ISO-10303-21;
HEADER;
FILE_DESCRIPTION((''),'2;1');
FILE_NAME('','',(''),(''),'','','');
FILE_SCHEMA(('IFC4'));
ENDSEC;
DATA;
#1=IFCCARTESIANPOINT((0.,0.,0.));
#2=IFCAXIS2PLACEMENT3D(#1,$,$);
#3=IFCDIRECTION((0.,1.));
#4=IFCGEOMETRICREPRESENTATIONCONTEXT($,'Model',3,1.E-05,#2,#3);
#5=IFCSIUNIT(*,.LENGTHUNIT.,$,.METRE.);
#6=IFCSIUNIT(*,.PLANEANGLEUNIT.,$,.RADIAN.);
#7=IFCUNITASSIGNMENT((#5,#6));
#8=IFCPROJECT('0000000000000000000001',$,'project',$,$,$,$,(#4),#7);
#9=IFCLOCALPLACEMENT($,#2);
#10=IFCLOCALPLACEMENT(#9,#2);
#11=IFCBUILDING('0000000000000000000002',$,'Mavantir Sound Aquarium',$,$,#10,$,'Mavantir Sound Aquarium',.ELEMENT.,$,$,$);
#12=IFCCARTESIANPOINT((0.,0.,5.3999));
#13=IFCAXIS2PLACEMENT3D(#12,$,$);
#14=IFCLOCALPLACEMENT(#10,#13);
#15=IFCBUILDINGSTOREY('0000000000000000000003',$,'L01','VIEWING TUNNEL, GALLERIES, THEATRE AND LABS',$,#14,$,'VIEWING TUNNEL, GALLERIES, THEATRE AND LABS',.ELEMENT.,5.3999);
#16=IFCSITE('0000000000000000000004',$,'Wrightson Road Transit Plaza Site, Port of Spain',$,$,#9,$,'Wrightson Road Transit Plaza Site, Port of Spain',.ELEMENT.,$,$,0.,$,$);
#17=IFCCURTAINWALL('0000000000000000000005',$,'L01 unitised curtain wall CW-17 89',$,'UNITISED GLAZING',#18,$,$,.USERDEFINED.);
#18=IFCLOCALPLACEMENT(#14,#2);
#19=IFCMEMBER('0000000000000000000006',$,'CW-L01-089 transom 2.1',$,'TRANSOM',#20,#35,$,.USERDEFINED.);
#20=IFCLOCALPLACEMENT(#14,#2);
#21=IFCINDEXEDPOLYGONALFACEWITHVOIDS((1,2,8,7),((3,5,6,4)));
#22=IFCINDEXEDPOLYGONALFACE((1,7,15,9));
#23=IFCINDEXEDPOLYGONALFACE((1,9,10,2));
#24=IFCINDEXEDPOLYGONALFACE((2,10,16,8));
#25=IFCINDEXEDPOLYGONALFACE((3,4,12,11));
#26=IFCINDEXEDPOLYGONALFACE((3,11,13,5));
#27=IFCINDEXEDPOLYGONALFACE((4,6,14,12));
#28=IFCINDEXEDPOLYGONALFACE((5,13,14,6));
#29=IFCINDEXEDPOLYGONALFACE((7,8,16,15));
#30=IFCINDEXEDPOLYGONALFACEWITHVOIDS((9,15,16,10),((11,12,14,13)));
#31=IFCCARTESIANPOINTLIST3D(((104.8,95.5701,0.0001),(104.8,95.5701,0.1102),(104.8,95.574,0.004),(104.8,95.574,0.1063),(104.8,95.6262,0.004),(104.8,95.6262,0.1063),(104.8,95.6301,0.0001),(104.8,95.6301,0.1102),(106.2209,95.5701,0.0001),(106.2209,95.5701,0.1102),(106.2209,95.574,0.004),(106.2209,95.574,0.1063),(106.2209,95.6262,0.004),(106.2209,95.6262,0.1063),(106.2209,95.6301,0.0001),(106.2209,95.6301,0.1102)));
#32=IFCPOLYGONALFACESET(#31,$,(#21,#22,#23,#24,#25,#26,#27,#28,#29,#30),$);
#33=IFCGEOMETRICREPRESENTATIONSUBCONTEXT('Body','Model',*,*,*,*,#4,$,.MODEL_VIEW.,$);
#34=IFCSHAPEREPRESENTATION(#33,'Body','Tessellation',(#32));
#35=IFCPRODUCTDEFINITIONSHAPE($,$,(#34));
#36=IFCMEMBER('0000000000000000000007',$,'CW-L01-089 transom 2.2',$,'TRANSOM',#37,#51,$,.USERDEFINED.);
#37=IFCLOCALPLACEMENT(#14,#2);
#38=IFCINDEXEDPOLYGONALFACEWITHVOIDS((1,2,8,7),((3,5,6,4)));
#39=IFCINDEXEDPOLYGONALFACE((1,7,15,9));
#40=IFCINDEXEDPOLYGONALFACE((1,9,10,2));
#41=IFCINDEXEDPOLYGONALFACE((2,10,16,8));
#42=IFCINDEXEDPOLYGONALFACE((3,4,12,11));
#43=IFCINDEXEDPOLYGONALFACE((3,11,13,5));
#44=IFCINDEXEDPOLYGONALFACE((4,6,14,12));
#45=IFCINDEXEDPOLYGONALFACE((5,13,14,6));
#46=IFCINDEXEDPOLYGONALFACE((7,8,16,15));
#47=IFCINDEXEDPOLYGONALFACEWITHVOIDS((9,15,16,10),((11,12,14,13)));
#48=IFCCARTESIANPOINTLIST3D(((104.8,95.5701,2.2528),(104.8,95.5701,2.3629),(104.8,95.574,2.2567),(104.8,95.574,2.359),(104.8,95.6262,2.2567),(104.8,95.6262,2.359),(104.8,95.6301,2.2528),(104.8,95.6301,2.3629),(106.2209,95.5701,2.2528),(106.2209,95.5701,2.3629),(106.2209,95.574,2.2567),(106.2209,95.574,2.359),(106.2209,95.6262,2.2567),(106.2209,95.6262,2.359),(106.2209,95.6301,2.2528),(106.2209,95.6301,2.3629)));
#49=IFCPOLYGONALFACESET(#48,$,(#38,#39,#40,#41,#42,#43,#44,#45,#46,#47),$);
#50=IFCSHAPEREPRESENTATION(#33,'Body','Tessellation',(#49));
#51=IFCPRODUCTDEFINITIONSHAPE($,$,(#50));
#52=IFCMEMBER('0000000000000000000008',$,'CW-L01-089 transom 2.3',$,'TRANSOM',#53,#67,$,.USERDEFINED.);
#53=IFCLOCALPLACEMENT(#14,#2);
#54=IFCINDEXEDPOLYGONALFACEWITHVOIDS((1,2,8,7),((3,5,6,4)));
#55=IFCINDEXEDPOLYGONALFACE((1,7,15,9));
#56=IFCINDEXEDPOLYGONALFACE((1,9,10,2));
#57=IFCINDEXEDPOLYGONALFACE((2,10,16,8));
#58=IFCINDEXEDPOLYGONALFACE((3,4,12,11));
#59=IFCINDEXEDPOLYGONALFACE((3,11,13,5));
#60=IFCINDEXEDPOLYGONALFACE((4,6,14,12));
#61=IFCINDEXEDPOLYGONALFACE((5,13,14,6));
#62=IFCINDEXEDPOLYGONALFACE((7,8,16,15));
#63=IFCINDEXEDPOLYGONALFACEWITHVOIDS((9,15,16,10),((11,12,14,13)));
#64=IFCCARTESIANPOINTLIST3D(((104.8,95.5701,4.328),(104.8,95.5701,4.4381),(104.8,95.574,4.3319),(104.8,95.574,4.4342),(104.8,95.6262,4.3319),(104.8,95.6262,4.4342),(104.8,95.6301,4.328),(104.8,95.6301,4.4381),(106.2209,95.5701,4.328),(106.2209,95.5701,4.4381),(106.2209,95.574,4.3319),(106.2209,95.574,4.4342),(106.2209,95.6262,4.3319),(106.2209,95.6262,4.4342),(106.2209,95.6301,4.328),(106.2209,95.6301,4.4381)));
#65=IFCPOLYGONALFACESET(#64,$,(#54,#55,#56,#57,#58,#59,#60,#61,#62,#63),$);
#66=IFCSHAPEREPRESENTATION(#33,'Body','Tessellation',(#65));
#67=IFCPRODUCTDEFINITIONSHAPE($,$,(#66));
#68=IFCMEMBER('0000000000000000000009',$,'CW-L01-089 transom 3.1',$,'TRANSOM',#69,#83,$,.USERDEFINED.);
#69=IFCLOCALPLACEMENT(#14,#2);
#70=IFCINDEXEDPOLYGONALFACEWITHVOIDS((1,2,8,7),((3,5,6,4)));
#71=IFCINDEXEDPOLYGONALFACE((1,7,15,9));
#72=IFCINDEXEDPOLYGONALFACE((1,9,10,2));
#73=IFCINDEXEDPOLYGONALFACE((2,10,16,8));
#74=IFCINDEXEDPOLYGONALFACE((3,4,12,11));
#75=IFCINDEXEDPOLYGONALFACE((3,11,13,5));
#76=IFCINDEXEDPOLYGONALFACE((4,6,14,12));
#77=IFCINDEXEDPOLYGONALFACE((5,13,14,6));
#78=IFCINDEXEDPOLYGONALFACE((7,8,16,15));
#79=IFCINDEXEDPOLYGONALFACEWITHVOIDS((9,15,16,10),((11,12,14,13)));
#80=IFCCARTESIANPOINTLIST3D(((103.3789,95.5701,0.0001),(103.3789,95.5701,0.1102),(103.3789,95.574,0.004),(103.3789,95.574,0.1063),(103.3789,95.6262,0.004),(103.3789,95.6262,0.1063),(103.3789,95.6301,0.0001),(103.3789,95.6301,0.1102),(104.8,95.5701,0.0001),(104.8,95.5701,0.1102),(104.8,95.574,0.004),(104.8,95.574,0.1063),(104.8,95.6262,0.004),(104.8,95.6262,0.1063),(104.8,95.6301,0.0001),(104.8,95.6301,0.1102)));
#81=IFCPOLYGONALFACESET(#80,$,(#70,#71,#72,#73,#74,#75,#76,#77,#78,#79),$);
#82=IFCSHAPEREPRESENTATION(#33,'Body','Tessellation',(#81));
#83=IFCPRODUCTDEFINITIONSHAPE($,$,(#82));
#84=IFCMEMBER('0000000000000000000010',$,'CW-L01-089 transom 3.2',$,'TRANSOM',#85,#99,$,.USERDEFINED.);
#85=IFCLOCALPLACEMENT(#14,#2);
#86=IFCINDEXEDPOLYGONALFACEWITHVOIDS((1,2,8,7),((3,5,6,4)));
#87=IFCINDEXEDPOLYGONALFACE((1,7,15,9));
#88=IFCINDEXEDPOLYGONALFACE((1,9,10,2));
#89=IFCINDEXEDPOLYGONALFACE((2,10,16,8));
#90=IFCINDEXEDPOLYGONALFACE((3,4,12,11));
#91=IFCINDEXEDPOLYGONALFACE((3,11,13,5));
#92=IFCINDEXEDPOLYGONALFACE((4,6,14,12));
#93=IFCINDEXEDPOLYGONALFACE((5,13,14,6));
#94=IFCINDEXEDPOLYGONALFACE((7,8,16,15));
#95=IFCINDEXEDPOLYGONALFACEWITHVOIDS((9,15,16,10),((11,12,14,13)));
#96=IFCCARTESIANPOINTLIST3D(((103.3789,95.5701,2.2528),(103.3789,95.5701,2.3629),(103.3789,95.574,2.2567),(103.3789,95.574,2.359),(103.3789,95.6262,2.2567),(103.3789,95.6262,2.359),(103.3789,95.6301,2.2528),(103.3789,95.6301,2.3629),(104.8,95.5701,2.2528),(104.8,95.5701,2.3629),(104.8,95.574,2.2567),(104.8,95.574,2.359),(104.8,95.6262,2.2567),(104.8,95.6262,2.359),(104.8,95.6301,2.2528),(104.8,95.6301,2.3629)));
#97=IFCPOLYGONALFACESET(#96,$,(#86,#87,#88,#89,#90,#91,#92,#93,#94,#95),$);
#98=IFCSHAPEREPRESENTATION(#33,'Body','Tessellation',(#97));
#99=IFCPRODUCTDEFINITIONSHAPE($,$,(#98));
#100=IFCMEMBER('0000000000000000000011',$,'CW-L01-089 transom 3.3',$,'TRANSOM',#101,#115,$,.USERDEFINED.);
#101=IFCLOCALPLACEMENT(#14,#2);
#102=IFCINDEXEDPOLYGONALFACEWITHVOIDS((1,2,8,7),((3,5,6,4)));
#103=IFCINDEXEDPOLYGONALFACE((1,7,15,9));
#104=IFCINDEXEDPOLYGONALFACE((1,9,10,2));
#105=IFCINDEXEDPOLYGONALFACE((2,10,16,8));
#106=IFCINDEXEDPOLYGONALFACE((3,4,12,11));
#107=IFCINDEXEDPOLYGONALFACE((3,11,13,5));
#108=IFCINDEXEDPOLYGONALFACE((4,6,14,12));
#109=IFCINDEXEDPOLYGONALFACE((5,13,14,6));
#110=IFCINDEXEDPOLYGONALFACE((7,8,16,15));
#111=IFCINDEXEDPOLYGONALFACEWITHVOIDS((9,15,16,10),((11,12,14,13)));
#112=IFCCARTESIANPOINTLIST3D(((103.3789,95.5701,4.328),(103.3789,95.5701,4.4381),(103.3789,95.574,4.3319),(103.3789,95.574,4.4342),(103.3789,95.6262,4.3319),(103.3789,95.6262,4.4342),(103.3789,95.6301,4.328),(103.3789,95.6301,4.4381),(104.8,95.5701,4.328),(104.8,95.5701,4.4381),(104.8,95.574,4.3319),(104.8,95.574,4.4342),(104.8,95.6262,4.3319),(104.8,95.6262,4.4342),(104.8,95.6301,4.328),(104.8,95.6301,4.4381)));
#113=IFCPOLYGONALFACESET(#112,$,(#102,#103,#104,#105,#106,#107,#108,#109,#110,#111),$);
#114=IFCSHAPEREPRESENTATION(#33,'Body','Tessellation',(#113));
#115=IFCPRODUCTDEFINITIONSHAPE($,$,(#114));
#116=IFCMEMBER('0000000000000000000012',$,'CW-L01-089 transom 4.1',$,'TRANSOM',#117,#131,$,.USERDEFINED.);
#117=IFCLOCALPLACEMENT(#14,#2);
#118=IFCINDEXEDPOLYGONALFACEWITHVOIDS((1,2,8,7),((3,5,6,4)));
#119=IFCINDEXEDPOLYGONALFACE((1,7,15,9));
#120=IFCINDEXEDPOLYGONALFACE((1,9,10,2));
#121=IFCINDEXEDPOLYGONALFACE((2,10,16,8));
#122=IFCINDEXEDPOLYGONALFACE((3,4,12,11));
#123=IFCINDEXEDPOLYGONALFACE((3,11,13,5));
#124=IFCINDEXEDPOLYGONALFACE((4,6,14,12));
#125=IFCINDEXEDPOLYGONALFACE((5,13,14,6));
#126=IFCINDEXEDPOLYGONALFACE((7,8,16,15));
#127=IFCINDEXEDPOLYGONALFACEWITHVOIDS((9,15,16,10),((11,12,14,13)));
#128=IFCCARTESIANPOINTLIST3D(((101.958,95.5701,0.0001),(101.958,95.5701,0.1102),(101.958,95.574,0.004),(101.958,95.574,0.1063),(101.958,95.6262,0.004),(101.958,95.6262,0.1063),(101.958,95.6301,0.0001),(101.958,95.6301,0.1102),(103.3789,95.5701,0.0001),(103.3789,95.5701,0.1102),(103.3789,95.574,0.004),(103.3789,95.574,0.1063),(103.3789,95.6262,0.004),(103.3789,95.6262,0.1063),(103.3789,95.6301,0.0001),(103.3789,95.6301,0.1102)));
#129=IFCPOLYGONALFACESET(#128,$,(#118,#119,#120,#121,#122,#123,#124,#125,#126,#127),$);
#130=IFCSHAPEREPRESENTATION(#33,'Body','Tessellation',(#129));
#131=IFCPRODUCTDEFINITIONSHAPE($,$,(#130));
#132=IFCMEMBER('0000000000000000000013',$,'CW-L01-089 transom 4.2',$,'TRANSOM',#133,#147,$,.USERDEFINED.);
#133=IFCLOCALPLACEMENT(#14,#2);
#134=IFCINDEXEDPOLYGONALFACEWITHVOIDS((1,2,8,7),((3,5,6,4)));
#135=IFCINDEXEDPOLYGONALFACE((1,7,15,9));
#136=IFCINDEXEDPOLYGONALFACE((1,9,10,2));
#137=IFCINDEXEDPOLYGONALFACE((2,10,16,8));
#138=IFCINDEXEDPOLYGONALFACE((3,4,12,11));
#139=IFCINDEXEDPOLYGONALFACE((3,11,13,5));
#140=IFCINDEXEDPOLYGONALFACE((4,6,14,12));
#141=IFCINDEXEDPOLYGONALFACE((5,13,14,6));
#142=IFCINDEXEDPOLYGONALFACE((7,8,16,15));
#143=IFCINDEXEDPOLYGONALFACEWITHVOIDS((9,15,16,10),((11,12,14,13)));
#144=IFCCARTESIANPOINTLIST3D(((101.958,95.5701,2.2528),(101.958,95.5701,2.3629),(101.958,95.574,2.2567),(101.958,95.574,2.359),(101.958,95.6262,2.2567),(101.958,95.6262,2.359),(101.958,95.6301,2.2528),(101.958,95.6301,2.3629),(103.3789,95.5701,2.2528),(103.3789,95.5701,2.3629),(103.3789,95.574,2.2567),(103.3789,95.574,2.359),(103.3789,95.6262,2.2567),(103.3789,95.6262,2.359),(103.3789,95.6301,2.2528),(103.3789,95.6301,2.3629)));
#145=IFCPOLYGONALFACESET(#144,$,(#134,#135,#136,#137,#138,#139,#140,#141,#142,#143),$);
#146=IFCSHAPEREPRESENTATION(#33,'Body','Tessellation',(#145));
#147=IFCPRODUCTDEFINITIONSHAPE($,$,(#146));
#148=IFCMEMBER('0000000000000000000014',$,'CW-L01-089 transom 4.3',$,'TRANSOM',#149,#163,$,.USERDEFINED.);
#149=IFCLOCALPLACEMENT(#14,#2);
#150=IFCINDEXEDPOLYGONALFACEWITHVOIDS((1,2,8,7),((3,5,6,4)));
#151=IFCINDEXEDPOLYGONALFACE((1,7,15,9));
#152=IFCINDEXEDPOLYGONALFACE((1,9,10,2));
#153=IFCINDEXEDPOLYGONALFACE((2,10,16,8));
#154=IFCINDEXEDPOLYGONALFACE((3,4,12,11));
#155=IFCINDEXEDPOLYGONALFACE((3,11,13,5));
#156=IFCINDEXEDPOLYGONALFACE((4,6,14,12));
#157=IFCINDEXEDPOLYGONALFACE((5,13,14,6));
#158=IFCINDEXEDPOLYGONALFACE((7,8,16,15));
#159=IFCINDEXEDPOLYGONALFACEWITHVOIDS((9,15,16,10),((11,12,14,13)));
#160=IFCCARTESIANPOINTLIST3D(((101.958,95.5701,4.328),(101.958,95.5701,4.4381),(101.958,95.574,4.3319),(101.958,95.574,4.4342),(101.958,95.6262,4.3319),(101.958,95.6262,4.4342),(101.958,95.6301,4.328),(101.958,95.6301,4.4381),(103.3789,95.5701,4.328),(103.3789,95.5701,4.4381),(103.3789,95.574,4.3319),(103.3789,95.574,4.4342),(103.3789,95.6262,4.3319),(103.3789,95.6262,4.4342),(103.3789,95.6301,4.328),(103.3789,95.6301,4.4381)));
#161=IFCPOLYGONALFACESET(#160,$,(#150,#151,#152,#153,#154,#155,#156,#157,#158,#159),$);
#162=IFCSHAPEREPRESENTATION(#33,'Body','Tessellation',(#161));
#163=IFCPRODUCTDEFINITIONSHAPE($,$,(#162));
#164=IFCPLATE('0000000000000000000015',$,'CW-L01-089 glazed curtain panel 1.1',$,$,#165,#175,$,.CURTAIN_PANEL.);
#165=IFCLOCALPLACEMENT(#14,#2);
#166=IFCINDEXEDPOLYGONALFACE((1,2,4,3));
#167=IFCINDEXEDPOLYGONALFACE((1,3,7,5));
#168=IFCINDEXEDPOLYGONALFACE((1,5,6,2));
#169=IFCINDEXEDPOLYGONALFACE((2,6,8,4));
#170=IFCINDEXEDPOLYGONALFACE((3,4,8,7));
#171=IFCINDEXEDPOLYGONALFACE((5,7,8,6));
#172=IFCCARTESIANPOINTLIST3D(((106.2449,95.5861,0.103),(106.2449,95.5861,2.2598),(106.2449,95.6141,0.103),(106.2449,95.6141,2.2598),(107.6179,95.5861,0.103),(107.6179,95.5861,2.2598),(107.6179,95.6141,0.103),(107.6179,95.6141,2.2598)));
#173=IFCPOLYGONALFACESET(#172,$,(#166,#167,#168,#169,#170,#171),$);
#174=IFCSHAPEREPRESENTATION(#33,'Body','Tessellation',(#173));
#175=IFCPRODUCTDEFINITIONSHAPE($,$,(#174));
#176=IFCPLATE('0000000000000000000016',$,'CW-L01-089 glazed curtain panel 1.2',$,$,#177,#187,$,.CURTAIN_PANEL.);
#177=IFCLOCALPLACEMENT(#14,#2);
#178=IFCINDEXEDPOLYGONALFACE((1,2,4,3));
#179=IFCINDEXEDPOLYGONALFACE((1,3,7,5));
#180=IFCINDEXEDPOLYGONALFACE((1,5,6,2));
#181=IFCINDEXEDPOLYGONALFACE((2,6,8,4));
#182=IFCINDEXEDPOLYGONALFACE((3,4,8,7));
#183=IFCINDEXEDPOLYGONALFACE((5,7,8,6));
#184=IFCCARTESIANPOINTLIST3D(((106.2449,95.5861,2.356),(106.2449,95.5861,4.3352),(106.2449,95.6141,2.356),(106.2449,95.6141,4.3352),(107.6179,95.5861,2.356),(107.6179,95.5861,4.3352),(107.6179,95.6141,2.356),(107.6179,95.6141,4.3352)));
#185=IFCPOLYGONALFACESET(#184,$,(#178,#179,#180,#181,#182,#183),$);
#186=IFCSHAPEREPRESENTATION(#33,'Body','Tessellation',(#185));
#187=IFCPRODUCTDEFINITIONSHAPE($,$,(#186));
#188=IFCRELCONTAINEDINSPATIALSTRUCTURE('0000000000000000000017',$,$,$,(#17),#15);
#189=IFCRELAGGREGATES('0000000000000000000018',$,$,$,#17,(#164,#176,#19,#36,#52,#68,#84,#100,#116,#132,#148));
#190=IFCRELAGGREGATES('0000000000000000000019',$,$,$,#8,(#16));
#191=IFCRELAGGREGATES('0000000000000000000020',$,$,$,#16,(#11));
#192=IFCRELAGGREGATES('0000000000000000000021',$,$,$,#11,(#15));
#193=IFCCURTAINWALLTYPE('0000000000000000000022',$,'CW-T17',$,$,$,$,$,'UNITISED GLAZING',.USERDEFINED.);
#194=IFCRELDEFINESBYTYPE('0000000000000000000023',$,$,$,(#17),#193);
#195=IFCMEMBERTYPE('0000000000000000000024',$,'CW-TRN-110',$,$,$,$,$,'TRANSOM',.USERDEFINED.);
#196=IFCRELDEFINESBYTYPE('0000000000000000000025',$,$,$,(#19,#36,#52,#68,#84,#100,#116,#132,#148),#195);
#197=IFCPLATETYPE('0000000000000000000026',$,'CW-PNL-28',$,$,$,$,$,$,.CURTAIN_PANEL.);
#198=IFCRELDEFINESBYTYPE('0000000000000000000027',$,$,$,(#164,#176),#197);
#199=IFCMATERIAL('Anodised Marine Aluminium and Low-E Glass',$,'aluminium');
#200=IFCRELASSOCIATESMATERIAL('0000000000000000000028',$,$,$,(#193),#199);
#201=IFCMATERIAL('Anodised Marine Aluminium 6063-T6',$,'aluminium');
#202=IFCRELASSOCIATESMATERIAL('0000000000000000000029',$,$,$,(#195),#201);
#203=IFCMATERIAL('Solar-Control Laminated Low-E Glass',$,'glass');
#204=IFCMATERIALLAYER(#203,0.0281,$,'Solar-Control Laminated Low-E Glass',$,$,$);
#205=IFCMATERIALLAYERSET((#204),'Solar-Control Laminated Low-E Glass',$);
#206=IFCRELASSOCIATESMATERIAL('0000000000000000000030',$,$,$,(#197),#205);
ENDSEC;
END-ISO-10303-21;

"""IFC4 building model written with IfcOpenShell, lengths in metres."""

from ifc_helpers import new_model, si_unit, direction, frame, origin, origin_2d, place, context, subcontext, project, spatial, rectangle, hollow_rectangle, extrude, material, layer, layer_set, material_profile, profile_set, type_object, element, aggregate, save


model = new_model("IFC4")

# Units and contexts
model_context = context("Model", 3, precision=1e-05, world=origin(), true_north=direction((0.0, 1.0)))
body_context = subcontext(model_context, "Body", "Model", "MODEL_VIEW")
ifc_project = project(units=[si_unit("LENGTHUNIT", "METRE"), si_unit("PLANEANGLEUNIT", "RADIAN")], contexts=[model_context])

# Site, building, storey
site_placement = place(None, origin())
site = spatial("IfcSite", under=ifc_project, at=site_placement, Name="Wrightson Road Transit Plaza Site, Port of Spain", LongName="Wrightson Road Transit Plaza Site, Port of Spain", CompositionType="ELEMENT", RefElevation=0.0)
building_placement = place(site_placement, origin())
building = spatial("IfcBuilding", under=site, at=building_placement, Name="Mavantir Sound Aquarium", LongName="Mavantir Sound Aquarium", CompositionType="ELEMENT")
storey_placement = place(building_placement, frame((0.0, 0.0, 5.3999)))
storey = spatial("IfcBuildingStorey", under=building, at=storey_placement, Name="L01", Description="VIEWING TUNNEL, GALLERIES, THEATRE AND LABS", LongName="VIEWING TUNNEL, GALLERIES, THEATRE AND LABS", CompositionType="ELEMENT", Elevation=5.3999)

# Curtain wall, members, plates
ifc_material_1 = material(Name="Anodised Marine Aluminium and Low-E Glass", Category="aluminium")
curtain_wall_type = type_object("IfcCurtainWallType", Name="CW-T17", ElementType="UNITISED GLAZING", PredefinedType="USERDEFINED", material=ifc_material_1)
curtain_wall_placement = place(storey_placement, origin())
curtain_wall = element("IfcCurtainWall", 1, at=curtain_wall_placement, inside=storey, type_object=curtain_wall_type, Name="L01 unitised curtain wall CW-17 89", ObjectType="UNITISED GLAZING", PredefinedType="USERDEFINED")
ifc_material_2 = material(Name="Anodised Marine Aluminium 6063-T6", Category="aluminium")
ifc_material_profile_1 = material_profile(ifc_material_2, hollow_rectangle(XDim=0.0601, YDim=0.1101, WallThickness=0.0039, at=origin_2d()), Name="ALU-TRANSOM-110X60")
ifc_profile_set_1 = profile_set([ifc_material_profile_1], Name="Anodised Marine Aluminium 6063-T6")
member_type_1 = type_object("IfcMemberType", Name="CW-TRN-110", ElementType="TRANSOM", PredefinedType="USERDEFINED", material=ifc_profile_set_1)
member_1_placement = place(storey_placement, frame((106.2209, 95.6001, 0.0552), z_axis=(-1.0, 0.0, 0.0), x_axis=(0.0, -1.0, 0.0)))
member_1 = element("IfcMember", 2, at=member_1_placement, type_object=member_type_1, Name="CW-L01-089 transom 2.1", ObjectType="TRANSOM", PredefinedType="USERDEFINED", context=body_context, shape_type="SweptSolid", body=[
    extrude(hollow_rectangle(XDim=0.0601, YDim=0.1101, WallThickness=0.0039, at=origin_2d()), origin(), (0.0, 0.0, 1.0), 1.4209),
])
member_2_placement = place(storey_placement, frame((106.2209, 95.6001, 2.3079), z_axis=(-1.0, 0.0, 0.0), x_axis=(0.0, -1.0, 0.0)))
member_2 = element("IfcMember", 3, at=member_2_placement, type_object=member_type_1, Name="CW-L01-089 transom 2.2", ObjectType="TRANSOM", PredefinedType="USERDEFINED", context=body_context, shape_type="SweptSolid", body=[
    extrude(hollow_rectangle(XDim=0.0601, YDim=0.1101, WallThickness=0.0039, at=origin_2d()), origin(), (0.0, 0.0, 1.0), 1.4209),
])
member_3_placement = place(storey_placement, frame((106.2209, 95.6001, 4.3831), z_axis=(-1.0, 0.0, 0.0), x_axis=(0.0, -1.0, 0.0)))
member_3 = element("IfcMember", 4, at=member_3_placement, type_object=member_type_1, Name="CW-L01-089 transom 2.3", ObjectType="TRANSOM", PredefinedType="USERDEFINED", context=body_context, shape_type="SweptSolid", body=[
    extrude(hollow_rectangle(XDim=0.0601, YDim=0.1101, WallThickness=0.0039, at=origin_2d()), origin(), (0.0, 0.0, 1.0), 1.4209),
])
member_4_placement = place(storey_placement, frame((104.8, 95.6001, 0.0552), z_axis=(-1.0, 0.0, 0.0), x_axis=(0.0, -1.0, 0.0)))
member_4 = element("IfcMember", 5, at=member_4_placement, type_object=member_type_1, Name="CW-L01-089 transom 3.1", ObjectType="TRANSOM", PredefinedType="USERDEFINED", context=body_context, shape_type="SweptSolid", body=[
    extrude(hollow_rectangle(XDim=0.0601, YDim=0.1101, WallThickness=0.0039, at=origin_2d()), origin(), (0.0, 0.0, 1.0), 1.4211),
])
member_5_placement = place(storey_placement, frame((104.8, 95.6001, 2.3079), z_axis=(-1.0, 0.0, 0.0), x_axis=(0.0, -1.0, 0.0)))
member_5 = element("IfcMember", 6, at=member_5_placement, type_object=member_type_1, Name="CW-L01-089 transom 3.2", ObjectType="TRANSOM", PredefinedType="USERDEFINED", context=body_context, shape_type="SweptSolid", body=[
    extrude(hollow_rectangle(XDim=0.0601, YDim=0.1101, WallThickness=0.0039, at=origin_2d()), origin(), (0.0, 0.0, 1.0), 1.4211),
])
member_6_placement = place(storey_placement, frame((104.8, 95.6001, 4.3831), z_axis=(-1.0, 0.0, 0.0), x_axis=(0.0, -1.0, 0.0)))
member_6 = element("IfcMember", 7, at=member_6_placement, type_object=member_type_1, Name="CW-L01-089 transom 3.3", ObjectType="TRANSOM", PredefinedType="USERDEFINED", context=body_context, shape_type="SweptSolid", body=[
    extrude(hollow_rectangle(XDim=0.0601, YDim=0.1101, WallThickness=0.0039, at=origin_2d()), origin(), (0.0, 0.0, 1.0), 1.4211),
])
member_7_placement = place(storey_placement, frame((103.3789, 95.6001, 0.0552), z_axis=(-1.0, 0.0, 0.0), x_axis=(0.0, -1.0, 0.0)))
member_7 = element("IfcMember", 8, at=member_7_placement, type_object=member_type_1, Name="CW-L01-089 transom 4.1", ObjectType="TRANSOM", PredefinedType="USERDEFINED", context=body_context, shape_type="SweptSolid", body=[
    extrude(hollow_rectangle(XDim=0.0601, YDim=0.1101, WallThickness=0.0039, at=origin_2d()), origin(), (0.0, 0.0, 1.0), 1.4209),
])
member_8_placement = place(storey_placement, frame((103.3789, 95.6001, 2.3079), z_axis=(-1.0, 0.0, 0.0), x_axis=(0.0, -1.0, 0.0)))
member_8 = element("IfcMember", 9, at=member_8_placement, type_object=member_type_1, Name="CW-L01-089 transom 4.2", ObjectType="TRANSOM", PredefinedType="USERDEFINED", context=body_context, shape_type="SweptSolid", body=[
    extrude(hollow_rectangle(XDim=0.0601, YDim=0.1101, WallThickness=0.0039, at=origin_2d()), origin(), (0.0, 0.0, 1.0), 1.4209),
])
member_9_placement = place(storey_placement, frame((103.3789, 95.6001, 4.3831), z_axis=(-1.0, 0.0, 0.0), x_axis=(0.0, -1.0, 0.0)))
member_9 = element("IfcMember", 10, at=member_9_placement, type_object=member_type_1, Name="CW-L01-089 transom 4.3", ObjectType="TRANSOM", PredefinedType="USERDEFINED", context=body_context, shape_type="SweptSolid", body=[
    extrude(hollow_rectangle(XDim=0.0601, YDim=0.1101, WallThickness=0.0039, at=origin_2d()), origin(), (0.0, 0.0, 1.0), 1.4209),
])
ifc_material_3 = material(Name="Solar-Control Laminated Low-E Glass", Category="glass")
ifc_layer = layer(ifc_material_3, 0.0281, Name="Solar-Control Laminated Low-E Glass")
ifc_layer_set = layer_set([ifc_layer], Name="Solar-Control Laminated Low-E Glass")
plate_type = type_object("IfcPlateType", Name="CW-PNL-28", PredefinedType="CURTAIN_PANEL", material=ifc_layer_set)
plate_1_placement = place(storey_placement, frame((106.9314, 95.6001, 0.103), z_axis=(0.0, 0.0, 1.0), x_axis=(-1.0, 0.0, 0.0)))
plate_1 = element("IfcPlate", 11, at=plate_1_placement, type_object=plate_type, Name="CW-L01-089 glazed curtain panel 1.1", PredefinedType="CURTAIN_PANEL", context=body_context, shape_type="SweptSolid", body=[
    extrude(rectangle(XDim=1.373, YDim=0.0281, at=origin_2d()), origin(), (0.0, 0.0, 1.0), 2.1567),
])
plate_2_placement = place(storey_placement, frame((106.9314, 95.6001, 2.356), z_axis=(0.0, 0.0, 1.0), x_axis=(-1.0, 0.0, 0.0)))
plate_2 = element("IfcPlate", 12, at=plate_2_placement, type_object=plate_type, Name="CW-L01-089 glazed curtain panel 1.2", PredefinedType="CURTAIN_PANEL", context=body_context, shape_type="SweptSolid", body=[
    extrude(rectangle(XDim=1.373, YDim=0.0281, at=origin_2d()), origin(), (0.0, 0.0, 1.0), 1.9792),
])
aggregate(curtain_wall, [plate_1, plate_2, member_1, member_2, member_3, member_4, member_5, member_6, member_7, member_8, member_9])

save(model, "model.ifc")
